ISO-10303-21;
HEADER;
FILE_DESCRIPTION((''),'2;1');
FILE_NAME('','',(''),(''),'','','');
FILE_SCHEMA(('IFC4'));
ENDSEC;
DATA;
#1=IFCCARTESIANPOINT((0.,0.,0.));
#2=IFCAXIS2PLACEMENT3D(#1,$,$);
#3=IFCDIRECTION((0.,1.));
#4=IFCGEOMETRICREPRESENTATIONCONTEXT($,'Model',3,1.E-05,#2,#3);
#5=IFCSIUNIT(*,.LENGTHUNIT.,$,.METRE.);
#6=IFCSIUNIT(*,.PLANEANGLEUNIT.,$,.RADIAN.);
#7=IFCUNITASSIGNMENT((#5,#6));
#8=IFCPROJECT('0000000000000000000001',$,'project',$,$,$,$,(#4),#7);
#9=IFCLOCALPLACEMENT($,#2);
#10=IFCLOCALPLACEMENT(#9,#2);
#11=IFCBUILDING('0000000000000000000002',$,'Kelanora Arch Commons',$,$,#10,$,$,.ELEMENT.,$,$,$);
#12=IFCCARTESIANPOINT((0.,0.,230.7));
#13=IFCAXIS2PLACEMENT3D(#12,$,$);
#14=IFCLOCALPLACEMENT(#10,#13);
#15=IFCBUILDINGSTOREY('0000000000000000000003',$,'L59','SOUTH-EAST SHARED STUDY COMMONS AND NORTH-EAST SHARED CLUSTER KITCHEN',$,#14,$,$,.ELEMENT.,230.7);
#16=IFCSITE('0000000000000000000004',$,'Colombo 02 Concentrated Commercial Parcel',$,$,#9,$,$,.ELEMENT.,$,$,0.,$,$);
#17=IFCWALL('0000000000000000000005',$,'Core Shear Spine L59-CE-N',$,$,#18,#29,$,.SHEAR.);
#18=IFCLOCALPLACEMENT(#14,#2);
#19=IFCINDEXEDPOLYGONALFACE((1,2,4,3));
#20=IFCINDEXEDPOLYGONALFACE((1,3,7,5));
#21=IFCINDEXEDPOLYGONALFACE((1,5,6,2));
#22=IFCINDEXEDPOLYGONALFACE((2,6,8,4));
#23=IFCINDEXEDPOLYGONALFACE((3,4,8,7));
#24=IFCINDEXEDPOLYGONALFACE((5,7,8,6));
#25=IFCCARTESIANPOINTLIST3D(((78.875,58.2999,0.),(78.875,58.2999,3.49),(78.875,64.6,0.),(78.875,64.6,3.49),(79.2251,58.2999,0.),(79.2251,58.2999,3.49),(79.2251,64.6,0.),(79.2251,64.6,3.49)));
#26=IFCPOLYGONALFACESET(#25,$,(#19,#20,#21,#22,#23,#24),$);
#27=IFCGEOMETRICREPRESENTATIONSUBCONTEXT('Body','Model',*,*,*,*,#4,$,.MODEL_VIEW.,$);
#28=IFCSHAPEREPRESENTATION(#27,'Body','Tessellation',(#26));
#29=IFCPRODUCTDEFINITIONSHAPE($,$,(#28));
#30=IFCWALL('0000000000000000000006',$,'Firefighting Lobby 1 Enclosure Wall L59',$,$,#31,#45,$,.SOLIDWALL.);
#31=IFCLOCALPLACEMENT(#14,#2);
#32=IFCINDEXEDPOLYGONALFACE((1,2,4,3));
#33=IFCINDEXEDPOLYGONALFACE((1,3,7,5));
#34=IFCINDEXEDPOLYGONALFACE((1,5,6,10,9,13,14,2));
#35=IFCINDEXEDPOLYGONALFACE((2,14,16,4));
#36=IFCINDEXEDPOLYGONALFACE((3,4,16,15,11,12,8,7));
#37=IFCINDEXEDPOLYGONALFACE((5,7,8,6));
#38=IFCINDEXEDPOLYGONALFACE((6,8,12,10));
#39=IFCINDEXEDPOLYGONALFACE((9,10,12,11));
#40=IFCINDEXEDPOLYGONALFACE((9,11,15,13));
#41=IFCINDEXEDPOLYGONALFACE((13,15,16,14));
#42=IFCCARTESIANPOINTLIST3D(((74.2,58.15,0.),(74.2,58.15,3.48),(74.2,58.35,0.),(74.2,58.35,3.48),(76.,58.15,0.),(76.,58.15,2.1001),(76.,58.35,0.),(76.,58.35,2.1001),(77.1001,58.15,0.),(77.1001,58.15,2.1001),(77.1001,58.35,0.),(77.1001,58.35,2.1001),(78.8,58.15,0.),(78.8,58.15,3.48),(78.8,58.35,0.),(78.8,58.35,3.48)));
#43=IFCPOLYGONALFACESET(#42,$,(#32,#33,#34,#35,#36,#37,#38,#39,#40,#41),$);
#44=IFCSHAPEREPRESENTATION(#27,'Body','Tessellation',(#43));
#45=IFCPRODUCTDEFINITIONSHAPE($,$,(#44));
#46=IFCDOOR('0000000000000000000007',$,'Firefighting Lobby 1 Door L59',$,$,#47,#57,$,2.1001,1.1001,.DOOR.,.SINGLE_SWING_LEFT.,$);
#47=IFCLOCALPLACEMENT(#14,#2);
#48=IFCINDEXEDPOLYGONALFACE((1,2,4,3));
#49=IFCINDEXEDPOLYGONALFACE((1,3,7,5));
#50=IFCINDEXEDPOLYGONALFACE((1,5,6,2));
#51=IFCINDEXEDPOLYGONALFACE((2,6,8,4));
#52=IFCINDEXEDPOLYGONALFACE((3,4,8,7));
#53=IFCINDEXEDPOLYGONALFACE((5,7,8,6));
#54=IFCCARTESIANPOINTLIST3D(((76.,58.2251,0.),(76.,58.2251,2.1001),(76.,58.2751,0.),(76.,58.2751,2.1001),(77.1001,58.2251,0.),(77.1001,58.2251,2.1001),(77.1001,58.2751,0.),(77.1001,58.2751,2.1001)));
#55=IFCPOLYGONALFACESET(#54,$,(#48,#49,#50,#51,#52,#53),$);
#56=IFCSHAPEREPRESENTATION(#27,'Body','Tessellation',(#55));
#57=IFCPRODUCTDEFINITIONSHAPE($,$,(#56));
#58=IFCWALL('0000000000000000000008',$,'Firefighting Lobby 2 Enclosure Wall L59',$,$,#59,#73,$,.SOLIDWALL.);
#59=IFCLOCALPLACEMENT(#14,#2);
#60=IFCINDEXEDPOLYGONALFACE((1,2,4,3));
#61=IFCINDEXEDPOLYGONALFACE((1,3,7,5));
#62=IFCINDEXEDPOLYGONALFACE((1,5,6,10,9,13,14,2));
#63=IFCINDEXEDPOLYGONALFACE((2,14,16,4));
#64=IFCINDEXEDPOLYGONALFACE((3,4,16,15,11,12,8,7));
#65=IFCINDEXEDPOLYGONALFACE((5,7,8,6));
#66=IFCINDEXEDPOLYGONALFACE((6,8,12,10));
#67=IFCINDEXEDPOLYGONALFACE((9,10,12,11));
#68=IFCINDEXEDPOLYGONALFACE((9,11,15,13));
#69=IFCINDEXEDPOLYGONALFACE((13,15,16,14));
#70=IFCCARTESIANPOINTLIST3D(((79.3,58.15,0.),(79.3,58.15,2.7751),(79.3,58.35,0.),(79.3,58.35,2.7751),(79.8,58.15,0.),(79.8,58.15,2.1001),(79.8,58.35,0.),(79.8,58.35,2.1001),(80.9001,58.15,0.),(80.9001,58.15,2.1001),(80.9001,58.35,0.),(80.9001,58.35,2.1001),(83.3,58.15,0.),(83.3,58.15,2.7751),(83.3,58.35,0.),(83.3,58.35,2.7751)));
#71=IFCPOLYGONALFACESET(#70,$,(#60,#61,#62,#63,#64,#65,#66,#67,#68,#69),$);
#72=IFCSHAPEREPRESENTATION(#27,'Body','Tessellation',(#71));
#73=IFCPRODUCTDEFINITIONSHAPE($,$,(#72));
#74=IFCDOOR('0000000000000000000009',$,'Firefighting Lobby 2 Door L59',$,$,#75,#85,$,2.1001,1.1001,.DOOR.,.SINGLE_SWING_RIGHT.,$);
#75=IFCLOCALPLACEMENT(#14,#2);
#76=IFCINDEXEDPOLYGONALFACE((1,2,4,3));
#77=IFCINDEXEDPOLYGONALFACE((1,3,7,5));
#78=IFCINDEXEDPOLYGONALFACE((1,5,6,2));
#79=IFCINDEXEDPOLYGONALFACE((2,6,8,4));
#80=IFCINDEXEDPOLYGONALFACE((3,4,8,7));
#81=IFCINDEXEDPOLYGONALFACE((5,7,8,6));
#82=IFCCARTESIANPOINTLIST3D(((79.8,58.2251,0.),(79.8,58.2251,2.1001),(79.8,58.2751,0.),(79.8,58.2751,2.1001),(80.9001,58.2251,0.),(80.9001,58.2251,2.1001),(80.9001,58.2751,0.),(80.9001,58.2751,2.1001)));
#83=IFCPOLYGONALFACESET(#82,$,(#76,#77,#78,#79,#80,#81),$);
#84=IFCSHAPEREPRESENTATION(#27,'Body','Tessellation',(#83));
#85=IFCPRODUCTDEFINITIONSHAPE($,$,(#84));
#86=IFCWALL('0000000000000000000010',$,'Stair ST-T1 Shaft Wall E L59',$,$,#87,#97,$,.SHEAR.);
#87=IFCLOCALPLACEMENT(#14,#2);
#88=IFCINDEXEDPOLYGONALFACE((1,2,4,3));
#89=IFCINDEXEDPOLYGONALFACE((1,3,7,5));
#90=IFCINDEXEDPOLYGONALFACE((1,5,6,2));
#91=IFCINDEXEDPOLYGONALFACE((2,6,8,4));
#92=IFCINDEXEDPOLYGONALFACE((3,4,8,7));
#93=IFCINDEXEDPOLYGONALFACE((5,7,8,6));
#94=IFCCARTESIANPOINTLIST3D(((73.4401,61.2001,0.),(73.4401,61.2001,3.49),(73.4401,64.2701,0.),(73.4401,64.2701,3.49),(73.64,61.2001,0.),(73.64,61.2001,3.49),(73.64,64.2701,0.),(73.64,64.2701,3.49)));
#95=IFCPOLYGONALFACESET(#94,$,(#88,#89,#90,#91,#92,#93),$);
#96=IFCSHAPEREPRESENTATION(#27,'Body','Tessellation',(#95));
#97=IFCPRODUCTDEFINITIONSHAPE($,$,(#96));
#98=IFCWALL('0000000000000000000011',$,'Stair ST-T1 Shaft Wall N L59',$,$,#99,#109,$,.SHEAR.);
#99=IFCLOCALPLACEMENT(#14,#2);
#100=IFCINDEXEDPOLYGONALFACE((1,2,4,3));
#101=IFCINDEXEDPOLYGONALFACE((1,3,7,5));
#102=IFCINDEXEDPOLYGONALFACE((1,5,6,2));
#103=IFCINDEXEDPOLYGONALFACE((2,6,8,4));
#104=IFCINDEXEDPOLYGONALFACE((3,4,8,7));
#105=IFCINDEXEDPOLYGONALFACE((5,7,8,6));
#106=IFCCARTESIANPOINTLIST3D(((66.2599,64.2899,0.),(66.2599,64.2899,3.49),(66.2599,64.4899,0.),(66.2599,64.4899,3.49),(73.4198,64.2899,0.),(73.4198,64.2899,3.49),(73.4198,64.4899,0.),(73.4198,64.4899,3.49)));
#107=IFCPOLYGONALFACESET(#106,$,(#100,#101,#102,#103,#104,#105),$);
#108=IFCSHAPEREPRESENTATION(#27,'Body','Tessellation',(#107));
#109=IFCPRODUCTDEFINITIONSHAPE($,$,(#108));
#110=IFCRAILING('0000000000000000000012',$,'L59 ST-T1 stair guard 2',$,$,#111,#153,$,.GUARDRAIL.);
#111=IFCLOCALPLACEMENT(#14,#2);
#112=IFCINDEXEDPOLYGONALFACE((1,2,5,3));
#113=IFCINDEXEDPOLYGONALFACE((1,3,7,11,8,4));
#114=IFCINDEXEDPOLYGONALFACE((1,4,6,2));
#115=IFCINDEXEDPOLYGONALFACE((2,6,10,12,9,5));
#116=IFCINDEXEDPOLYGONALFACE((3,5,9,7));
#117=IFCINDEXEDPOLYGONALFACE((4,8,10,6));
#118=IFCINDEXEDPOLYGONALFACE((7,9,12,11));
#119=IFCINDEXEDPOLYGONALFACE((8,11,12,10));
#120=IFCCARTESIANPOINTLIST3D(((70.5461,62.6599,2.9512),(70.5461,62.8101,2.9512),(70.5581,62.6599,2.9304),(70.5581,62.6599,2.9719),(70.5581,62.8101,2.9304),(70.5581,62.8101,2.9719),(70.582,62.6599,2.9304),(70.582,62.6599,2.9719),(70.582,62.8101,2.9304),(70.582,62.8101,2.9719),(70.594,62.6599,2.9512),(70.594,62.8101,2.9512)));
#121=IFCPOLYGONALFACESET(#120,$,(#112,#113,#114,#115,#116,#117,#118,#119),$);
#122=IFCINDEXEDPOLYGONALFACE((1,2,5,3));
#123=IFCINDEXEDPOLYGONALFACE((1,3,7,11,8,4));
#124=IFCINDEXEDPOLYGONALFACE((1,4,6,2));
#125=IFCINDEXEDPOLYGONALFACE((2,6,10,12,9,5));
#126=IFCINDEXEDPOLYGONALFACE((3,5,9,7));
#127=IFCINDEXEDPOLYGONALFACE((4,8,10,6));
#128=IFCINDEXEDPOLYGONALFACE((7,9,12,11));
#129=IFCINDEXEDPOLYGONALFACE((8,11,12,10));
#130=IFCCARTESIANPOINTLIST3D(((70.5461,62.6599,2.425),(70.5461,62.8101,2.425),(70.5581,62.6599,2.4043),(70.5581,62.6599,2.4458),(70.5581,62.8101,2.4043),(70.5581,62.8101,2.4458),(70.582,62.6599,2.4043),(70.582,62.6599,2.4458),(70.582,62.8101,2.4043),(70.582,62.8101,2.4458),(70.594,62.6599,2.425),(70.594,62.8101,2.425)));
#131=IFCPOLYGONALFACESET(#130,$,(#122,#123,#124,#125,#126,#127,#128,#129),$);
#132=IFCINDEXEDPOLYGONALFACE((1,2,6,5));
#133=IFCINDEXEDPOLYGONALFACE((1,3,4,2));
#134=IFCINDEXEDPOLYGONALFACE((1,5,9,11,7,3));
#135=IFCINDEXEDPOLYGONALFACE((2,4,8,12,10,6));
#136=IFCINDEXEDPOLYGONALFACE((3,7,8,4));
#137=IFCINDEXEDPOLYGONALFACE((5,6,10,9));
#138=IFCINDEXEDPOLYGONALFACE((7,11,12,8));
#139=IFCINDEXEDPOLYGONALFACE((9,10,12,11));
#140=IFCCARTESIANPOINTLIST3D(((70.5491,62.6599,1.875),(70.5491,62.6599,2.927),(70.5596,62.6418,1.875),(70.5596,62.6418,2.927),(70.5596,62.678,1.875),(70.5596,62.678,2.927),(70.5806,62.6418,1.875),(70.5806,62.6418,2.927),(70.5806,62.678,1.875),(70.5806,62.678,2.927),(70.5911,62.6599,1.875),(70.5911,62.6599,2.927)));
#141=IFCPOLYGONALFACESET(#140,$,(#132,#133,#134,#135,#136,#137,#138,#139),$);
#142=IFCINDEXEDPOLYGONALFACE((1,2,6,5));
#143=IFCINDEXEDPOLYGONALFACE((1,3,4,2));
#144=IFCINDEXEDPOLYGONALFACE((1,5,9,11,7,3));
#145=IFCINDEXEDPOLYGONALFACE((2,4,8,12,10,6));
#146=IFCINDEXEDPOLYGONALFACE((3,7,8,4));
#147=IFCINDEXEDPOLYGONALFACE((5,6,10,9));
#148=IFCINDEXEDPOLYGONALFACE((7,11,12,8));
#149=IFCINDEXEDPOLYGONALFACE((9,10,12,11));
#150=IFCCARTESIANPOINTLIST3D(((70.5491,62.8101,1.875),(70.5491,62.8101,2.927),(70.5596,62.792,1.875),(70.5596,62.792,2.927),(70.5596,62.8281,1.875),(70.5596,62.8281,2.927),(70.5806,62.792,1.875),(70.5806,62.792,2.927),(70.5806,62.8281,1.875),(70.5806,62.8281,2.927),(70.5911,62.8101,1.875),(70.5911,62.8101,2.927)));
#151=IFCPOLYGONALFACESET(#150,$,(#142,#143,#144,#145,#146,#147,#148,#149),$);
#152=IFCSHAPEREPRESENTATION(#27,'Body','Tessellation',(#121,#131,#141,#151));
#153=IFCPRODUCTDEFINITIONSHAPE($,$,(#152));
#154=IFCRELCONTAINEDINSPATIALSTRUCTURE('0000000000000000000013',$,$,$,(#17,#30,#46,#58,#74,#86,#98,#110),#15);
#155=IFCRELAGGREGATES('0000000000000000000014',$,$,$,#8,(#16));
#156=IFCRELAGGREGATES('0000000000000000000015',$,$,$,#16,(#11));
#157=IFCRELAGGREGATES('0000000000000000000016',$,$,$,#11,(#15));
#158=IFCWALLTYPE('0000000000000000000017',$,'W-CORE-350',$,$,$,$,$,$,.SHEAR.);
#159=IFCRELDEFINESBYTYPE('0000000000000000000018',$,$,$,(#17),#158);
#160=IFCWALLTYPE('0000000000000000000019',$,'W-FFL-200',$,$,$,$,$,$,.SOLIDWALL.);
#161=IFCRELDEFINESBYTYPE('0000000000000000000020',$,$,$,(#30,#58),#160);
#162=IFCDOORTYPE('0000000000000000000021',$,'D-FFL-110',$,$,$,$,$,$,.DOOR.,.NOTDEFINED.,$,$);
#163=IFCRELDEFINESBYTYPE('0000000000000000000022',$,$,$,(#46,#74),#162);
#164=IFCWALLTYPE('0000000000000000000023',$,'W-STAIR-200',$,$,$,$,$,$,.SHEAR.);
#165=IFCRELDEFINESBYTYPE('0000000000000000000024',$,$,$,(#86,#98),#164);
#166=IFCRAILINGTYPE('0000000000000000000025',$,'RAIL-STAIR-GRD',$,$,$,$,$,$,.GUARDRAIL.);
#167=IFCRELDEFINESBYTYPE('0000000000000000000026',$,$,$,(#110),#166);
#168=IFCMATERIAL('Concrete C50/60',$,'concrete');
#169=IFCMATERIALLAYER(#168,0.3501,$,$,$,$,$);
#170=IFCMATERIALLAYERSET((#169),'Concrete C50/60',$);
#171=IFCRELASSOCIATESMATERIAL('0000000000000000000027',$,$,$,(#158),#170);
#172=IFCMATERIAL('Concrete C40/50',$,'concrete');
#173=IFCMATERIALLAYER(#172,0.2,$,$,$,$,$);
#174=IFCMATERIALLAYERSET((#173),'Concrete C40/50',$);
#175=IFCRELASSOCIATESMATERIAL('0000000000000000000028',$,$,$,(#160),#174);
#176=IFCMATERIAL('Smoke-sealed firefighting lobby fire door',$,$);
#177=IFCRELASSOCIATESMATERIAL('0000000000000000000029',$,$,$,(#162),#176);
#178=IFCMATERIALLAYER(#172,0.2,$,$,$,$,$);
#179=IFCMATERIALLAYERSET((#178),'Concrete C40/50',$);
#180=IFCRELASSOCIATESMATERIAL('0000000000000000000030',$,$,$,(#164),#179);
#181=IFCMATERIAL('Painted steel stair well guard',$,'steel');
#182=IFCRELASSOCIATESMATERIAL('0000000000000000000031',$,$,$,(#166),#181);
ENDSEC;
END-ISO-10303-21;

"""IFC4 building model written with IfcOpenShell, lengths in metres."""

from ifc_helpers import new_model, si_unit, direction, frame, frame_2d, origin, place, context, subcontext, project, spatial, polyline, rectangle, outline, extrude, material, layer, layer_set, type_object, element, fill, save


model = new_model("IFC4")

# Units and contexts
model_context = context("Model", 3, precision=1e-05, world=origin(), true_north=direction((0.0, 1.0)))
body_context = subcontext(model_context, "Body", "Model", "MODEL_VIEW")
ifc_project = project(units=[si_unit("LENGTHUNIT", "METRE"), si_unit("PLANEANGLEUNIT", "RADIAN")], contexts=[model_context])

# Site, building, storey
site_placement = place(None, origin())
site = spatial("IfcSite", under=ifc_project, at=site_placement, Name="Colombo 02 Concentrated Commercial Parcel", CompositionType="ELEMENT", RefElevation=0.0)
building_placement = place(site_placement, origin())
building = spatial("IfcBuilding", under=site, at=building_placement, Name="Kelanora Arch Commons", CompositionType="ELEMENT")
storey_placement = place(building_placement, frame((0.0, 0.0, 230.7)))
storey = spatial("IfcBuildingStorey", under=building, at=storey_placement, Name="L59", Description="SOUTH-EAST SHARED STUDY COMMONS AND NORTH-EAST SHARED CLUSTER KITCHEN", CompositionType="ELEMENT", Elevation=230.7)

# Shared definitions
ifc_material_1 = material(Name="Concrete C50/60", Category="concrete")

# Wall
ifc_layer_1 = layer(ifc_material_1, 0.3501)
ifc_layer_set_1 = layer_set([ifc_layer_1], Name="Concrete C50/60")
wall_type_1 = type_object("IfcWallType", Name="W-CORE-350", PredefinedType="SHEAR", material=ifc_layer_set_1)
wall_1_placement = place(storey_placement, frame((79.05, 58.3, 0.0), z_axis=(0.0, 0.0, 1.0), x_axis=(0.0, 1.0, 0.0)))
element("IfcWall", 1, at=wall_1_placement, inside=storey, type_object=wall_type_1, Name="Core Shear Spine L59-CE-N", PredefinedType="SHEAR", context=body_context, shape_type="SweptSolid", body=[
    extrude(rectangle(XDim=6.3, YDim=0.3501, at=frame_2d((3.1499, 0.0))), origin(), (0.0, 0.0, 1.0), 3.49),
])

# Walls, openings, doors
ifc_material_2 = material(Name="Concrete C40/50", Category="concrete")
ifc_layer_2 = layer(ifc_material_2, 0.2)
ifc_layer_set_2 = layer_set([ifc_layer_2], Name="Concrete C40/50")
wall_type_2 = type_object("IfcWallType", Name="W-FFL-200", PredefinedType="SOLIDWALL", material=ifc_layer_set_2)
wall_2_placement = place(storey_placement, frame((74.2, 58.25, 0.0), z_axis=(0.0, 0.0, 1.0), x_axis=(1.0, 0.0, 0.0)))
wall_2 = element("IfcWall", 2, at=wall_2_placement, inside=storey, type_object=wall_type_2, Name="Firefighting Lobby 1 Enclosure Wall L59", PredefinedType="SOLIDWALL", context=body_context, shape_type="SweptSolid", body=[
    extrude(rectangle(XDim=4.6001, YDim=0.2, at=frame_2d((2.3, 0.0))), origin(), (0.0, 0.0, 1.0), 3.48),
])
opening_1_placement = place(wall_2_placement, frame((1.8, 0.0, 0.0)))
opening_1 = element("IfcOpeningElement", 3, at=opening_1_placement, cuts=wall_2, PredefinedType="OPENING", context=body_context, shape_type="SweptSolid", body=[
    extrude(rectangle(XDim=1.1001, YDim=2.1001, at=frame_2d((0.55, 1.05))), frame((0.0, 0.1099, 0.0), z_axis=(0.0, -1.0, 0.0), x_axis=(1.0, 0.0, 0.0)), (0.0, 0.0, 1.0), 0.22),
])
ifc_material_3 = material(Name="Smoke-sealed firefighting lobby fire door")
door_type_1 = type_object("IfcDoorType", Name="D-FFL-110", OperationType="NOTDEFINED", PredefinedType="DOOR", material=ifc_material_3)
door_1_placement = place(opening_1_placement, frame((1.1001, 0.0, 0.0), z_axis=(0.0, 0.0, 1.0), x_axis=(-1.0, 0.0, 0.0)))
door_1 = element("IfcDoor", 4, at=door_1_placement, inside=storey, type_object=door_type_1, Name="Firefighting Lobby 1 Door L59", OperationType="SINGLE_SWING_LEFT", OverallHeight=2.1001, OverallWidth=1.1001, PredefinedType="DOOR", context=body_context, shape_type="SweptSolid", body=[
    extrude(rectangle(XDim=1.1001, YDim=2.1001, at=frame_2d((0.55, 1.05))), frame((0.0, 0.0249, 0.0), z_axis=(0.0, -1.0, 0.0), x_axis=(1.0, 0.0, 0.0)), (0.0, 0.0, 1.0), 0.05),
])
fill(opening_1, door_1)
wall_3_placement = place(storey_placement, frame((79.3, 58.25, 0.0), z_axis=(0.0, 0.0, 1.0), x_axis=(1.0, 0.0, 0.0)))
wall_3 = element("IfcWall", 5, at=wall_3_placement, inside=storey, type_object=wall_type_2, Name="Firefighting Lobby 2 Enclosure Wall L59", PredefinedType="SOLIDWALL", context=body_context, shape_type="SweptSolid", body=[
    extrude(rectangle(XDim=4.0, YDim=0.2, at=frame_2d((2.0, 0.0))), origin(), (0.0, 0.0, 1.0), 2.7751),
])
opening_2_placement = place(wall_3_placement, frame((0.5, 0.0, 0.0)))
opening_2 = element("IfcOpeningElement", 6, at=opening_2_placement, cuts=wall_3, PredefinedType="OPENING", context=body_context, shape_type="SweptSolid", body=[
    extrude(rectangle(XDim=1.1001, YDim=2.1001, at=frame_2d((0.55, 1.05))), frame((0.0, 0.1099, 0.0), z_axis=(0.0, -1.0, 0.0), x_axis=(1.0, 0.0, 0.0)), (0.0, 0.0, 1.0), 0.22),
])
door_2_placement = place(opening_2_placement, frame((1.1001, 0.0, 0.0), z_axis=(0.0, 0.0, 1.0), x_axis=(-1.0, 0.0, 0.0)))
door_2 = element("IfcDoor", 7, at=door_2_placement, inside=storey, type_object=door_type_1, Name="Firefighting Lobby 2 Door L59", OperationType="SINGLE_SWING_RIGHT", OverallHeight=2.1001, OverallWidth=1.1001, PredefinedType="DOOR", context=body_context, shape_type="SweptSolid", body=[
    extrude(rectangle(XDim=1.1001, YDim=2.1001, at=frame_2d((0.55, 1.05))), frame((0.0, 0.0249, 0.0), z_axis=(0.0, -1.0, 0.0), x_axis=(1.0, 0.0, 0.0)), (0.0, 0.0, 1.0), 0.05),
])
fill(opening_2, door_2)

# Walls
ifc_layer_3 = layer(ifc_material_2, 0.2)
ifc_layer_set_3 = layer_set([ifc_layer_3], Name="Concrete C40/50")
wall_type_3 = type_object("IfcWallType", Name="W-STAIR-200", PredefinedType="SHEAR", material=ifc_layer_set_3)
wall_4_placement = place(storey_placement, frame((73.54, 61.2, 0.0), z_axis=(0.0, 0.0, 1.0), x_axis=(0.0, 1.0, 0.0)))
element("IfcWall", 8, at=wall_4_placement, inside=storey, type_object=wall_type_3, Name="Stair ST-T1 Shaft Wall E L59", PredefinedType="SHEAR", context=body_context, shape_type="SweptSolid", body=[
    extrude(rectangle(XDim=3.0701, YDim=0.2, at=frame_2d((1.5352, 0.0))), origin(), (0.0, 0.0, 1.0), 3.49),
])
wall_5_placement = place(storey_placement, frame((73.4199, 64.3899, 0.0), z_axis=(0.0, 0.0, 1.0), x_axis=(-1.0, 0.0, 0.0)))
element("IfcWall", 9, at=wall_5_placement, inside=storey, type_object=wall_type_3, Name="Stair ST-T1 Shaft Wall N L59", PredefinedType="SHEAR", context=body_context, shape_type="SweptSolid", body=[
    extrude(rectangle(XDim=7.1599, YDim=0.2, at=frame_2d((3.5801, 0.0))), origin(), (0.0, 0.0, 1.0), 3.49),
])

# Railing
ifc_material_4 = material(Name="Painted steel stair well guard", Category="steel")
railing_type_1 = type_object("IfcRailingType", Name="RAIL-STAIR-GRD", PredefinedType="GUARDRAIL", material=ifc_material_4)
railing_1_placement = place(storey_placement, frame((70.5701, 62.6599, 1.875)))
element("IfcRailing", 10, at=railing_1_placement, inside=storey, type_object=railing_type_1, Name="L59 ST-T1 stair guard 2", PredefinedType="GUARDRAIL", context=body_context, shape_type="SweptSolid", body=[
    extrude(outline(polyline([(0.0239, 0.0), (0.012, 0.0208), (-0.012, 0.0208), (-0.0239, 0.0), (-0.012, -0.0208), (0.012, -0.0208), (0.0239, 0.0)])), frame((0.0, 0.0, 1.0762), z_axis=(0.0, 1.0, 0.0), x_axis=(-1.0, 0.0, 0.0)), (0.0, 0.0, 1.0), 0.1501),
    extrude(outline(polyline([(0.0239, 0.0), (0.012, 0.0208), (-0.012, 0.0208), (-0.0239, 0.0), (-0.012, -0.0208), (0.012, -0.0208), (0.0239, 0.0)])), frame((0.0, 0.0, 0.55), z_axis=(0.0, 1.0, 0.0), x_axis=(-1.0, 0.0, 0.0)), (0.0, 0.0, 1.0), 0.1501),
    extrude(outline(polyline([(0.021, 0.0), (0.0105, 0.0181), (-0.0105, 0.0181), (-0.021, 0.0), (-0.0105, -0.0181), (0.0105, -0.0181), (0.021, 0.0)])), origin(), (0.0, 0.0, 1.0), 1.052),
    extrude(outline(polyline([(0.021, 0.0), (0.0105, 0.0181), (-0.0105, 0.0181), (-0.021, 0.0), (-0.0105, -0.0181), (0.0105, -0.0181), (0.021, 0.0)])), frame((0.0, 0.1501, 0.0)), (0.0, 0.0, 1.0), 1.052),
])

save(model, "model.ifc")
